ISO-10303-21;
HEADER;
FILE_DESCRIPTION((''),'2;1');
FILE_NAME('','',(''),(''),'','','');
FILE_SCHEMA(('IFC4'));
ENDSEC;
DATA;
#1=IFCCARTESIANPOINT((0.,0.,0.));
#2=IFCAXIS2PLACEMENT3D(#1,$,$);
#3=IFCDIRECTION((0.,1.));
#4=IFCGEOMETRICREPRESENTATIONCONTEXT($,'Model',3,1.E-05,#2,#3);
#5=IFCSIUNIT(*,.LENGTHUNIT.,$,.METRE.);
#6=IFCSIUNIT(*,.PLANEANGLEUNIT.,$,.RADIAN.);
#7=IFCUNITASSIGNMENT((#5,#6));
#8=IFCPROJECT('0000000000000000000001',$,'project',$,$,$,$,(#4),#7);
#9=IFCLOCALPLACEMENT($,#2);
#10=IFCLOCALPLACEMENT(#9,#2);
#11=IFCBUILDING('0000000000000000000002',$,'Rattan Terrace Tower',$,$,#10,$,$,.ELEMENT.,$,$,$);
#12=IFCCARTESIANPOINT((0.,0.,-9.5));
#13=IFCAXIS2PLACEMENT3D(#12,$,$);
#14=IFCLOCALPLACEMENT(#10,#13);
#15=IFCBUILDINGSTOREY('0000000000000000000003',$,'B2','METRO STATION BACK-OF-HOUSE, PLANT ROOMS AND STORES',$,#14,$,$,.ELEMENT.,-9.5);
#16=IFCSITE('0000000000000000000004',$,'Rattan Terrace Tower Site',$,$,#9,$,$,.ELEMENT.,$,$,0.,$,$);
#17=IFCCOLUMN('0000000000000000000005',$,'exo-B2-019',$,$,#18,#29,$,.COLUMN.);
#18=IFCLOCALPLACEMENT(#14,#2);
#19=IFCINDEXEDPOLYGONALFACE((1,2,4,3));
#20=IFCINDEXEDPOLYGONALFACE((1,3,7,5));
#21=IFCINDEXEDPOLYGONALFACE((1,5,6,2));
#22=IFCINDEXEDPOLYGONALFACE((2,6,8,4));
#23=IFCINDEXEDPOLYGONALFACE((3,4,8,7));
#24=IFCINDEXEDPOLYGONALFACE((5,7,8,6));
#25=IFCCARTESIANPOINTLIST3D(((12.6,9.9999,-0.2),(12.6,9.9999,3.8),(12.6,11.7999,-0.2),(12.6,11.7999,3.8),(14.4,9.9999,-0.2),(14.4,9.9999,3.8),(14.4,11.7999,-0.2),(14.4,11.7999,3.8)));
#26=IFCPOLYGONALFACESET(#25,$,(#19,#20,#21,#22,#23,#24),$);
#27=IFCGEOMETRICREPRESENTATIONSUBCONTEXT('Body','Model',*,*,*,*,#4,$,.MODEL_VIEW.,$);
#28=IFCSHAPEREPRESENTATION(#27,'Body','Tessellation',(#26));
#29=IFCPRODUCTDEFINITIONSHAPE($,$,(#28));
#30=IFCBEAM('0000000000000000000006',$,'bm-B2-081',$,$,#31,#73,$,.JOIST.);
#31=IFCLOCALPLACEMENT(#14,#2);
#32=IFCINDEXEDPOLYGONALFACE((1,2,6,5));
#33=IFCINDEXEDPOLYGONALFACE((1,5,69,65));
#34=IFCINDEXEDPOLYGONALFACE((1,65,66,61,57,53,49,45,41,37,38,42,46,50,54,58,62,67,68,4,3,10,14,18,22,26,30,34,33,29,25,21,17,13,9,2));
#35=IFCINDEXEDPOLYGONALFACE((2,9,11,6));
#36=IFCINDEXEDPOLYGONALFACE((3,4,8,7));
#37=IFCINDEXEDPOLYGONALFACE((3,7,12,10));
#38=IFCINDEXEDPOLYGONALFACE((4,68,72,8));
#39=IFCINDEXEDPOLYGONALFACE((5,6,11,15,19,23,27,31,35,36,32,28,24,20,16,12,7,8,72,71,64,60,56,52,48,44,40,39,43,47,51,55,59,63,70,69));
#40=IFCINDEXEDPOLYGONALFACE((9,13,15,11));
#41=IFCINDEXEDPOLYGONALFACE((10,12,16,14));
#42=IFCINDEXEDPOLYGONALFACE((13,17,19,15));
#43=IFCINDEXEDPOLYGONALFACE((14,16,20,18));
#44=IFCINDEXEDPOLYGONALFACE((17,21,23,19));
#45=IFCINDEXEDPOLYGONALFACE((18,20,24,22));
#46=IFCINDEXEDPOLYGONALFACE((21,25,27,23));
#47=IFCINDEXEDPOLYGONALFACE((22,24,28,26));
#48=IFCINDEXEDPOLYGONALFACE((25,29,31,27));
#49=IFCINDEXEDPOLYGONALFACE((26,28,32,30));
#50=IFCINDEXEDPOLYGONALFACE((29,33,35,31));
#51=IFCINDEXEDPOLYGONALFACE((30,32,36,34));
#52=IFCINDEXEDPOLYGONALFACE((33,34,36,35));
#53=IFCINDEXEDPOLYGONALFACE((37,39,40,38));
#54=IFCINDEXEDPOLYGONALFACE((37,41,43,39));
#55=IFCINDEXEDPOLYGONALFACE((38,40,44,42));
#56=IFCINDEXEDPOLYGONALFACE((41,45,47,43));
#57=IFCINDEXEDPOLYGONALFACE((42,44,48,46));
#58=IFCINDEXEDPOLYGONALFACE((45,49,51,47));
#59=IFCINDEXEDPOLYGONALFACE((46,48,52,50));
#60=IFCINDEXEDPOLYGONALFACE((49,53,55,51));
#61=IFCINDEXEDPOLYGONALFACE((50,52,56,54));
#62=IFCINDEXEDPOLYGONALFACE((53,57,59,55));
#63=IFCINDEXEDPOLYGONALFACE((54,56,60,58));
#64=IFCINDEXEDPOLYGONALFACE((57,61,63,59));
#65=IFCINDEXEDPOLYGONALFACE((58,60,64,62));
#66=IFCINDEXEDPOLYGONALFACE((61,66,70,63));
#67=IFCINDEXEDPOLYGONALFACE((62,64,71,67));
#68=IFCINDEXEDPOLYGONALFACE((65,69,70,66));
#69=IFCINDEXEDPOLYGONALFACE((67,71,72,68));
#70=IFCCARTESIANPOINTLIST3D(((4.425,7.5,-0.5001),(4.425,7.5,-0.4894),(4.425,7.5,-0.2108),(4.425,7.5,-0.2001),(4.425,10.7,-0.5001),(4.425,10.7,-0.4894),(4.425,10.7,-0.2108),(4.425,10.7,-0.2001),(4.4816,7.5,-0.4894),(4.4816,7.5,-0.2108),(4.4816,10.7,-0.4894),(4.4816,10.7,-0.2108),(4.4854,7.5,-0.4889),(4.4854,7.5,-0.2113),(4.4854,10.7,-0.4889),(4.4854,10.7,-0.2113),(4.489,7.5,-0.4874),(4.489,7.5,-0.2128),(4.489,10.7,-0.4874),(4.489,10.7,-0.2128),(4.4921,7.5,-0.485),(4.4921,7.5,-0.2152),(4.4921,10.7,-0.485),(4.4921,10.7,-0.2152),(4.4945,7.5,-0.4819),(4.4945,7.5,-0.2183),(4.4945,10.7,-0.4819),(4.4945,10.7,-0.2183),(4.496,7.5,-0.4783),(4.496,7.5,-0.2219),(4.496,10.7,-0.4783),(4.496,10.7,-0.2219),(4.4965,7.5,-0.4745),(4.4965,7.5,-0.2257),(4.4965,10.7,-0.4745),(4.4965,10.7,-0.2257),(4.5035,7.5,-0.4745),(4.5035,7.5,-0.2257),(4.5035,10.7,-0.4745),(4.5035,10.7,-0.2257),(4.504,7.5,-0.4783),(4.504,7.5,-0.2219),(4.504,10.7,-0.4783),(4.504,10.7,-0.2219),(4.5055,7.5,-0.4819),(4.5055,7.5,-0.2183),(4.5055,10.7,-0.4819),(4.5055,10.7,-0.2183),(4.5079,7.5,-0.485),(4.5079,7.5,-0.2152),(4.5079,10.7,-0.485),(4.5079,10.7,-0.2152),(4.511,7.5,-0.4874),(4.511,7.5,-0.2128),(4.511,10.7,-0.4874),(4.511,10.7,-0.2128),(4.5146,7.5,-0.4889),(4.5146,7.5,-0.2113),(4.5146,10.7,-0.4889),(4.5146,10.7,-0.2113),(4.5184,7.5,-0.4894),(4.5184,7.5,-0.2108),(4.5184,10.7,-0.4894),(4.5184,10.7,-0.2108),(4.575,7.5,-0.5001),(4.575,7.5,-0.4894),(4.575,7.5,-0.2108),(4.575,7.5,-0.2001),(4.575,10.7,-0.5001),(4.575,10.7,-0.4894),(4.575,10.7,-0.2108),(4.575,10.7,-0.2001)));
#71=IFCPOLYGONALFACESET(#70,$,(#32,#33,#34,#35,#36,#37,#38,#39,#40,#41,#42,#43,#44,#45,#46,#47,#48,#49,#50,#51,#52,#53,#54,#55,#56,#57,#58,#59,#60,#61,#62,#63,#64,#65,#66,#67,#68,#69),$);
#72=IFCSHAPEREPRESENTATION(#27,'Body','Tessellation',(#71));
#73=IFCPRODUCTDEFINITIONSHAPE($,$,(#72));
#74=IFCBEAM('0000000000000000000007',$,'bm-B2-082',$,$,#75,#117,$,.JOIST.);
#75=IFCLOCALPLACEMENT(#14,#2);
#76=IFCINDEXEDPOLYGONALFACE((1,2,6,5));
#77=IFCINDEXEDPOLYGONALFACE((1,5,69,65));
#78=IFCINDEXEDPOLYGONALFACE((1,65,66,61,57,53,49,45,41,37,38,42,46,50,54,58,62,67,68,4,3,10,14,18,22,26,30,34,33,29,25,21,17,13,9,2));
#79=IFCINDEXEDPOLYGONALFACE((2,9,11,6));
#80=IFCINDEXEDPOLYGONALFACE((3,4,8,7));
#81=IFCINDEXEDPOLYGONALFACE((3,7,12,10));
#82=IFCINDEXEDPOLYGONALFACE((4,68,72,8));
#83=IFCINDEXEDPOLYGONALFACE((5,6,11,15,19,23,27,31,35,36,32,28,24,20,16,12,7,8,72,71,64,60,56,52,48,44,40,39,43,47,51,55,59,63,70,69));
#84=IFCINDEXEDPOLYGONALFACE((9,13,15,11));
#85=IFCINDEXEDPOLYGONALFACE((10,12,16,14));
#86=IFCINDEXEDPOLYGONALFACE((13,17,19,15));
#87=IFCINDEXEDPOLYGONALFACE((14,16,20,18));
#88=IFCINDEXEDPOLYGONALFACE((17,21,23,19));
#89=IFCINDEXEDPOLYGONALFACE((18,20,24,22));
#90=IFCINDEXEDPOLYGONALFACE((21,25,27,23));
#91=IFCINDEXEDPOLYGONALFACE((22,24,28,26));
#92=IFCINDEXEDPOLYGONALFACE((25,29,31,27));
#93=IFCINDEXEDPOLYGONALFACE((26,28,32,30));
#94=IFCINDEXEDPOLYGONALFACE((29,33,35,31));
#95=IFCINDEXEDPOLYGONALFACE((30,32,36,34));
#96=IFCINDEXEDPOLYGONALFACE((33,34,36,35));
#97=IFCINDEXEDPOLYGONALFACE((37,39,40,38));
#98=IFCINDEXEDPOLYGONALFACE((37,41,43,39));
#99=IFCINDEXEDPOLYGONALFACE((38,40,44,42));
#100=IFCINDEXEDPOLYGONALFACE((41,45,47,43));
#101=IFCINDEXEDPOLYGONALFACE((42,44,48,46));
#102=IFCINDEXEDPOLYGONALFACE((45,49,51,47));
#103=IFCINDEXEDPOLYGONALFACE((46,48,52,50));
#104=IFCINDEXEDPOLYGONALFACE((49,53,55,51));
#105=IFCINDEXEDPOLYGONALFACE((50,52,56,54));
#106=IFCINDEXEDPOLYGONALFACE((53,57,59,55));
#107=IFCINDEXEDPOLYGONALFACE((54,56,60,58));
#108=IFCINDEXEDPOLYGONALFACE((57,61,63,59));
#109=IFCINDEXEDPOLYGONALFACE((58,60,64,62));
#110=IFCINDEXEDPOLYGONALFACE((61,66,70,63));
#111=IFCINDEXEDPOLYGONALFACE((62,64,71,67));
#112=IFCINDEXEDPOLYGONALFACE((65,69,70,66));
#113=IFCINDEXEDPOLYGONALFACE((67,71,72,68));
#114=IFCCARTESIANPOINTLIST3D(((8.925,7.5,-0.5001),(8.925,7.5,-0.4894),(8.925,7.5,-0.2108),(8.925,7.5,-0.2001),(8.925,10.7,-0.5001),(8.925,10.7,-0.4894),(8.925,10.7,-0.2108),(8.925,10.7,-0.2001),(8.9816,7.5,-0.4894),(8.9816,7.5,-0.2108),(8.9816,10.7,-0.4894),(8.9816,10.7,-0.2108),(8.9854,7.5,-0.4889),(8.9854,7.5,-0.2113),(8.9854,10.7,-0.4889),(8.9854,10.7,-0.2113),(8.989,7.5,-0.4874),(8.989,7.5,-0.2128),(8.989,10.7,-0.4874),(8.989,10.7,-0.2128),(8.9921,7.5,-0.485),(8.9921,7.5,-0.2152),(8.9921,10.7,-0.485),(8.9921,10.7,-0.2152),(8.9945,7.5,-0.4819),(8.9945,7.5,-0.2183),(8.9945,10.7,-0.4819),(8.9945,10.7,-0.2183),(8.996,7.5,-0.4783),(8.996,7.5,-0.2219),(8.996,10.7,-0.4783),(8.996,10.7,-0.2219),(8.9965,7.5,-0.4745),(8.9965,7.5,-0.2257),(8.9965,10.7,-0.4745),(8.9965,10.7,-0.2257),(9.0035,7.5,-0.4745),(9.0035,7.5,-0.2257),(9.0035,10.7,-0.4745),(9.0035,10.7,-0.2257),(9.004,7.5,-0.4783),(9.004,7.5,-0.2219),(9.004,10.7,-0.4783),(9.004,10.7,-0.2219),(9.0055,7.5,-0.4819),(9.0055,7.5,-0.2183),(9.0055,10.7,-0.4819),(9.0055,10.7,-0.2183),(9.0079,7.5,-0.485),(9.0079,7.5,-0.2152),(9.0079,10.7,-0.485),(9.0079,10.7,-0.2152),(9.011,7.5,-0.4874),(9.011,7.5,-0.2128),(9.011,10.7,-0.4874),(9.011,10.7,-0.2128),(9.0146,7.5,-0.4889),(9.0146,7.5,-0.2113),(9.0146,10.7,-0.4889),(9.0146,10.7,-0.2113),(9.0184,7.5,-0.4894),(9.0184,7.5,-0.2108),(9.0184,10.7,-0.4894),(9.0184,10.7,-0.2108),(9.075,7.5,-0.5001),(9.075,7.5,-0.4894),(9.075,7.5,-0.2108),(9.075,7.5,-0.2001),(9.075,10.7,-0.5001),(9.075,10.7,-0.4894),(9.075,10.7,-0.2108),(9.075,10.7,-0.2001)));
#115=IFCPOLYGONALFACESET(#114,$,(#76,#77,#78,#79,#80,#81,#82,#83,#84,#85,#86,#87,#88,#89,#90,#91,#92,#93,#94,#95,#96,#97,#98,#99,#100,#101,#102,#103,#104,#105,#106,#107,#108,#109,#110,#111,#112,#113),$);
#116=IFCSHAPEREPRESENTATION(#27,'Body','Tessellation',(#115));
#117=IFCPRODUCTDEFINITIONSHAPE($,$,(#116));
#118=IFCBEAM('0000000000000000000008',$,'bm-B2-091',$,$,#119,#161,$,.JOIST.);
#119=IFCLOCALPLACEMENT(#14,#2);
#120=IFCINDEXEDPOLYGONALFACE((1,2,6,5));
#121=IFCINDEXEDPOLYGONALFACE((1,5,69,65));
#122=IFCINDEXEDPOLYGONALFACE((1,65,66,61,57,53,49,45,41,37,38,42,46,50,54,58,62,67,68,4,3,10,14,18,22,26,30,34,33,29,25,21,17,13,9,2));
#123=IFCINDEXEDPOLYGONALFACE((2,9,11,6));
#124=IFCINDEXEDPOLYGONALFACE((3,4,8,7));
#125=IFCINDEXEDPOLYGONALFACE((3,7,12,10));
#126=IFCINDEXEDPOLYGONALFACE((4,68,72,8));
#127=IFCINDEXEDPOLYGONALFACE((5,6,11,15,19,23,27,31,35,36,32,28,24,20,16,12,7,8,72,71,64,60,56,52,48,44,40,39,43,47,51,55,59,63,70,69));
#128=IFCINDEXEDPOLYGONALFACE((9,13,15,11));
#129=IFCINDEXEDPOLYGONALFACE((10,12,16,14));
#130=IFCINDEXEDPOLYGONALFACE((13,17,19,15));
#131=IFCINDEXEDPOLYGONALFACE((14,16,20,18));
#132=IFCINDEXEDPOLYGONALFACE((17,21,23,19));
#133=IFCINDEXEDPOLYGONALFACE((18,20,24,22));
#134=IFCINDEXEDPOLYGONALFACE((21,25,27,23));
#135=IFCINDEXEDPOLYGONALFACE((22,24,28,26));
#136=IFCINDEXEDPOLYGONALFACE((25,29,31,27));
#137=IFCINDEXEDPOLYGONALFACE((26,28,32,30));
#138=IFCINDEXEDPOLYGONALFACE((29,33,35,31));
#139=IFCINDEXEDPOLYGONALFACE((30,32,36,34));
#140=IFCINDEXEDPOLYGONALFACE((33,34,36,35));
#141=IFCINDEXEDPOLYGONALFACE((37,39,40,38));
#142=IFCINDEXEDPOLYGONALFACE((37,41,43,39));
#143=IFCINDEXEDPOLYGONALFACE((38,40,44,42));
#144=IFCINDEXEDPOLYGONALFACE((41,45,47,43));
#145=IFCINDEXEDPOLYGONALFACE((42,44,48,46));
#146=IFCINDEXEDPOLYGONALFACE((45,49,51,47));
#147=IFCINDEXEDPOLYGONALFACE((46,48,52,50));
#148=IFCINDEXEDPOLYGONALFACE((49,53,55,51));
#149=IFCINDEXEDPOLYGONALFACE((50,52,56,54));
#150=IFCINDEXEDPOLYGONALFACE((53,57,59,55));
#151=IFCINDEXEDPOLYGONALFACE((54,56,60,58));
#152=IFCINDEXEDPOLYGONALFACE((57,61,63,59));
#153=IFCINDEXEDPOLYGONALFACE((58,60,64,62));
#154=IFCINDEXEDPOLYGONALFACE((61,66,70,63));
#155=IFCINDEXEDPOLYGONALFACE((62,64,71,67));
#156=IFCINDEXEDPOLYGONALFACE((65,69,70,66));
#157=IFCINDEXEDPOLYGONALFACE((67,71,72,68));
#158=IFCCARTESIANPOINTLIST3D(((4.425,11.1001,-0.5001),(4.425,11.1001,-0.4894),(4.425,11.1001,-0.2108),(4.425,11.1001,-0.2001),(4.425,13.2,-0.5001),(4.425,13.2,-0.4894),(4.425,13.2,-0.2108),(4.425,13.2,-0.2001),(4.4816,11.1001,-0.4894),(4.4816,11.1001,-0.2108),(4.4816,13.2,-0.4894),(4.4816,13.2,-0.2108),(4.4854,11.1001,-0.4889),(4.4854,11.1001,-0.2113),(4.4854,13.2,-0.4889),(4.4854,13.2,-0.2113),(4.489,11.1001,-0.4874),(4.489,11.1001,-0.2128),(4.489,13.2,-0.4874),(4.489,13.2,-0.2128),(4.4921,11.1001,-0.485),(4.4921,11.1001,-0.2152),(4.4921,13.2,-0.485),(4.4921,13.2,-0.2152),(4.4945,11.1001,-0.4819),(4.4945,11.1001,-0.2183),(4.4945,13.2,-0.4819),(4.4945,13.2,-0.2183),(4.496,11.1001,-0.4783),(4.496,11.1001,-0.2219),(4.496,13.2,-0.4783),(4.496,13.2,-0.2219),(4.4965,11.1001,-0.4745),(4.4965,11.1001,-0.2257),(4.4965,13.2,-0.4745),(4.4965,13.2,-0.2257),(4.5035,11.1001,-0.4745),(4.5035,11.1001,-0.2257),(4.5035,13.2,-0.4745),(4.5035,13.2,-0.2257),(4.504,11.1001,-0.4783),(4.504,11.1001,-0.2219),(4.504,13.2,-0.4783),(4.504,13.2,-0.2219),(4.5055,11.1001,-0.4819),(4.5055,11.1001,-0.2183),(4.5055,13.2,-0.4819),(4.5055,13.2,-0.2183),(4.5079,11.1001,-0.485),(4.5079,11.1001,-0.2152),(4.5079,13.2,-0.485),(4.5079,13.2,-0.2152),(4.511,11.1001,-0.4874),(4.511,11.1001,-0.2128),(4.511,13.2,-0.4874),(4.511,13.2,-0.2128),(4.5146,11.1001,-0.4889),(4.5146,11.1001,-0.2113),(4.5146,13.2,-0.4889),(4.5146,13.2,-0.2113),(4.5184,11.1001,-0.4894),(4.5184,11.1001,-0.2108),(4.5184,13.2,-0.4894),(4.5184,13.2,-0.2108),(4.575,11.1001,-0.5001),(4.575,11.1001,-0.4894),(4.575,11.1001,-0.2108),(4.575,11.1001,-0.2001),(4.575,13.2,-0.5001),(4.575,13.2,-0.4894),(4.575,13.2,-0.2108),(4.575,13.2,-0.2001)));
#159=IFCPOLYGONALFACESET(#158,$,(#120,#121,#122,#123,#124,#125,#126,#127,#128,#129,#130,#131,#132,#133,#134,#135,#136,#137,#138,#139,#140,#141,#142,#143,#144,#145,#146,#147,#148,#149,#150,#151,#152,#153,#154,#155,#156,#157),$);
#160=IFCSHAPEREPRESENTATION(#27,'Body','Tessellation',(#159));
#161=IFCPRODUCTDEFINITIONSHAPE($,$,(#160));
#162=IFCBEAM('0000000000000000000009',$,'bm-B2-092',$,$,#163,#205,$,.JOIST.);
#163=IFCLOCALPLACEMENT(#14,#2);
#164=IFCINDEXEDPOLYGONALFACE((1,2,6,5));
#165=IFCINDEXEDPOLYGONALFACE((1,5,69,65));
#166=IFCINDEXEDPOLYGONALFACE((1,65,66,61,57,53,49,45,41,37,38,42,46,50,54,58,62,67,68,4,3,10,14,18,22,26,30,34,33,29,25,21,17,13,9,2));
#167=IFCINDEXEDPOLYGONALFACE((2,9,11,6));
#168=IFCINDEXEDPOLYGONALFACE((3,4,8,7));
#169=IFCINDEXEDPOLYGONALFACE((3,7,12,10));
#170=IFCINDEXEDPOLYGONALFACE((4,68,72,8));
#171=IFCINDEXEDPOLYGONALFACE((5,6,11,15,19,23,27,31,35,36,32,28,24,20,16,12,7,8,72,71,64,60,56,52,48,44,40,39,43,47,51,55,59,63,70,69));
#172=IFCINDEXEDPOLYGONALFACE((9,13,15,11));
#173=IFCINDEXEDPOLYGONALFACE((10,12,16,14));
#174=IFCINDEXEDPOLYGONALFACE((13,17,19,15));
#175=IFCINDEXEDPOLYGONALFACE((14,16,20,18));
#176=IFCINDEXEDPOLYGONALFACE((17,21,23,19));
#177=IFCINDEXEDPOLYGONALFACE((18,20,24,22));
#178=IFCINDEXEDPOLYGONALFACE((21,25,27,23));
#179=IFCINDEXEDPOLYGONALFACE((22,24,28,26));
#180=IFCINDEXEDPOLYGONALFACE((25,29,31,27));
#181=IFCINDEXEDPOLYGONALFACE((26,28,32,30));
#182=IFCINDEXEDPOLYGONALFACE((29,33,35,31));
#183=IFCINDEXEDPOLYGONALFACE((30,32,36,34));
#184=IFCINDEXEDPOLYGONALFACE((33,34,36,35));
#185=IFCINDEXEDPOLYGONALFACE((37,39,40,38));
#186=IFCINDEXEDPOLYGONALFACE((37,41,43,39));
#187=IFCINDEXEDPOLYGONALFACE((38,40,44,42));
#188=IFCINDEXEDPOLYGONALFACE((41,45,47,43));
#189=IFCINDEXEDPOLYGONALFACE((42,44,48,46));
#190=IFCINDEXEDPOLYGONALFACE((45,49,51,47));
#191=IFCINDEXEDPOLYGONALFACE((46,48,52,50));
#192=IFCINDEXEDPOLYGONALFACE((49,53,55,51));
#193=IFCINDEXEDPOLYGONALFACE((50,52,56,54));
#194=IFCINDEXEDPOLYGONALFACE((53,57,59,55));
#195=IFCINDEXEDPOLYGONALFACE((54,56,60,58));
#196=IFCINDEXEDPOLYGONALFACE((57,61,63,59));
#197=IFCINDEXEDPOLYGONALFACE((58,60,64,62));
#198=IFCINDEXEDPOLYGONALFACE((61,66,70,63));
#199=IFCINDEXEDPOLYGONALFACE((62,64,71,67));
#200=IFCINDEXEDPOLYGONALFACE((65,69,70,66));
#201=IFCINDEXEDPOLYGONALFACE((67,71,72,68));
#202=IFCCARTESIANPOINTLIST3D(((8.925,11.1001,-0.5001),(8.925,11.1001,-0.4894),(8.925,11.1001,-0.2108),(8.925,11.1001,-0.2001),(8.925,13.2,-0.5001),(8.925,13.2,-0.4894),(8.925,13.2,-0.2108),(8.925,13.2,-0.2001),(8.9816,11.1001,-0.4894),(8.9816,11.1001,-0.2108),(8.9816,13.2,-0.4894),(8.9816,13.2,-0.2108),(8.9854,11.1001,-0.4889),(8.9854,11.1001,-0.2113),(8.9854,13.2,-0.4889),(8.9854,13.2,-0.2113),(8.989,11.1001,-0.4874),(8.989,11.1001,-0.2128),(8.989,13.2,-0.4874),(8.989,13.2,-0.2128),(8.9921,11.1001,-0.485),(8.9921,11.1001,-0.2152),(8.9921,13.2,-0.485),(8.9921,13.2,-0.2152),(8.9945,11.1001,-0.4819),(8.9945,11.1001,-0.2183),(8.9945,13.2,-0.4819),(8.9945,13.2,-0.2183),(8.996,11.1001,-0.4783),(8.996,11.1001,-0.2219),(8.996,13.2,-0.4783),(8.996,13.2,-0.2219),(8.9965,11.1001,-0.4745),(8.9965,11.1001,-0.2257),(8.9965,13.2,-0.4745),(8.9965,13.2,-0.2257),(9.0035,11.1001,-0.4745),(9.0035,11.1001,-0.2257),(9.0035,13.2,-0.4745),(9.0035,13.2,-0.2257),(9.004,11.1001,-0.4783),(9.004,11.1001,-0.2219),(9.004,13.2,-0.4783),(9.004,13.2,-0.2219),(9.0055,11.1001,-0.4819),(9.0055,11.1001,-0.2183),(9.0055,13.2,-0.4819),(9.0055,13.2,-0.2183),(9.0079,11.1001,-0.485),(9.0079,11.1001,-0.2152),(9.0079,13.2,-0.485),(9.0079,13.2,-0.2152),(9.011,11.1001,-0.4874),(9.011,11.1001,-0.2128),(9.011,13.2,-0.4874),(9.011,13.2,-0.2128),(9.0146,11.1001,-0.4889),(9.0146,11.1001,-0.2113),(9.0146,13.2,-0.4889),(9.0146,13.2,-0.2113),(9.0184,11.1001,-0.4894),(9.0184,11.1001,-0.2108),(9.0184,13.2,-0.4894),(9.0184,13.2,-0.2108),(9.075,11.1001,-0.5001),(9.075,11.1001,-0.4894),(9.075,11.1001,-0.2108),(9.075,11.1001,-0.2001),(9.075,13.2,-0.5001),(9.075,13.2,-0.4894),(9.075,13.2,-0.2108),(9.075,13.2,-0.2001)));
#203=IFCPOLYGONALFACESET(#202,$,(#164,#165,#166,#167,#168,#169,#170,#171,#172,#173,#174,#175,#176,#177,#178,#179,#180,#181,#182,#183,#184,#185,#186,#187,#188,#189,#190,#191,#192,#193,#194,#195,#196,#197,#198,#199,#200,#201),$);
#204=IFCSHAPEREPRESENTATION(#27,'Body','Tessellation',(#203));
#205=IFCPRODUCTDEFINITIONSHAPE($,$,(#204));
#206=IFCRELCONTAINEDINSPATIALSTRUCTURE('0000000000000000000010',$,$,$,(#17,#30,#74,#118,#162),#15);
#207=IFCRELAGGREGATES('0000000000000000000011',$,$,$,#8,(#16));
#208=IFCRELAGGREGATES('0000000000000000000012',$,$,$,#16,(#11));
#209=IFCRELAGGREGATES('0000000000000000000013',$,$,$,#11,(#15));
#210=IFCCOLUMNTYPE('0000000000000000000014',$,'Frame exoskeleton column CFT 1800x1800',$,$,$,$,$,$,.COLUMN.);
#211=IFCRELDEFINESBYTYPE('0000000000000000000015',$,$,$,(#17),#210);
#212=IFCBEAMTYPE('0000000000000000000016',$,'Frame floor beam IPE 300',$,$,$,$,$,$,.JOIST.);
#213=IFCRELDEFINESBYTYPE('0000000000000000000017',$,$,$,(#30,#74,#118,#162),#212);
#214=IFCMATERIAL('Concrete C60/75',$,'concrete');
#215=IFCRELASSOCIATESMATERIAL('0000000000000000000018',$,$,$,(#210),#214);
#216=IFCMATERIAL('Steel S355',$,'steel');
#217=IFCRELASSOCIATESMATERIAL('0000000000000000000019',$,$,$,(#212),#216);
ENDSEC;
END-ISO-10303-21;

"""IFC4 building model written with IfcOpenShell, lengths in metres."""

from ifc_helpers import new_model, si_unit, direction, frame, origin, origin_2d, place, context, subcontext, project, spatial, rectangle, i_section, extrude, material, material_profile, profile_set, type_object, element, save


model = new_model("IFC4")

# Units and contexts
model_context = context("Model", 3, precision=1e-05, world=origin(), true_north=direction((0.0, 1.0)))
body_context = subcontext(model_context, "Body", "Model", "MODEL_VIEW")
ifc_project = project(units=[si_unit("LENGTHUNIT", "METRE"), si_unit("PLANEANGLEUNIT", "RADIAN")], contexts=[model_context])

# Site, building, storey
site_placement = place(None, origin())
site = spatial("IfcSite", under=ifc_project, at=site_placement, Name="Rattan Terrace Tower Site", CompositionType="ELEMENT", RefElevation=0.0)
building_placement = place(site_placement, origin())
building = spatial("IfcBuilding", under=site, at=building_placement, Name="Rattan Terrace Tower", CompositionType="ELEMENT")
storey_placement = place(building_placement, frame((0.0, 0.0, -9.5)))
storey = spatial("IfcBuildingStorey", under=building, at=storey_placement, Name="B2", Description="METRO STATION BACK-OF-HOUSE, PLANT ROOMS AND STORES", CompositionType="ELEMENT", Elevation=-9.5)

# Column
ifc_material_1 = material(Name="Concrete C60/75", Category="concrete")
ifc_material_profile_1 = material_profile(ifc_material_1, rectangle(XDim=1.8, YDim=1.8, at=origin_2d()), Name="CFT 1800x1800")
ifc_profile_set_1 = profile_set([ifc_material_profile_1], Name="Concrete C60/75")
column_type = type_object("IfcColumnType", Name="Frame exoskeleton column CFT 1800x1800", PredefinedType="COLUMN", material=ifc_profile_set_1)
column_placement = place(storey_placement, frame((13.5, 10.8999, -0.2), z_axis=(0.0, 0.0, 1.0), x_axis=(1.0, 0.0, 0.0)))
element("IfcColumn", 1, at=column_placement, inside=storey, type_object=column_type, Name="exo-B2-019", PredefinedType="COLUMN", context=body_context, shape_type="SweptSolid", body=[
    extrude(rectangle(XDim=1.8, YDim=1.8, at=origin_2d()), origin(), (0.0, 0.0, 1.0), 4.0),
])

# Beams
ifc_material_2 = material(Name="Steel S355", Category="steel")
ifc_material_profile_2 = material_profile(ifc_material_2, i_section(OverallWidth=0.1499, OverallDepth=0.3, WebThickness=0.0071, FlangeThickness=0.0107, FilletRadius=0.0149, at=origin_2d()), Name="IPE 300")
ifc_profile_set_2 = profile_set([ifc_material_profile_2], Name="Steel S355")
beam_type_1 = type_object("IfcBeamType", Name="Frame floor beam IPE 300", PredefinedType="JOIST", material=ifc_profile_set_2)
for number, where, z_axis, x_axis, name in (
    (2, (4.5, 7.5, -0.3501), (0.0, 1.0, 0.0), (-1.0, 0.0, 0.0), "bm-B2-081"),
    (3, (9.0, 7.5, -0.3501), (0.0, 1.0, 0.0), (-1.0, 0.0, 0.0), "bm-B2-082"),
):
    element("IfcBeam", number, at=place(storey_placement, frame(where, z_axis=z_axis, x_axis=x_axis)), inside=storey, type_object=beam_type_1, Name=name, PredefinedType="JOIST", context=body_context, shape_type="SweptSolid", body=[
        extrude(i_section(OverallWidth=0.1499, OverallDepth=0.3, WebThickness=0.0071, FlangeThickness=0.0107, FilletRadius=0.0149, at=origin_2d()), origin(), (0.0, 0.0, 1.0), 3.2),
    ])
for number, where, z_axis, x_axis, name in (
    (4, (4.5, 11.1001, -0.3501), (0.0, 1.0, 0.0), (-1.0, 0.0, 0.0), "bm-B2-091"),
    (5, (9.0, 11.1001, -0.3501), (0.0, 1.0, 0.0), (-1.0, 0.0, 0.0), "bm-B2-092"),
):
    element("IfcBeam", number, at=place(storey_placement, frame(where, z_axis=z_axis, x_axis=x_axis)), inside=storey, type_object=beam_type_1, Name=name, PredefinedType="JOIST", context=body_context, shape_type="SweptSolid", body=[
        extrude(i_section(OverallWidth=0.1499, OverallDepth=0.3, WebThickness=0.0071, FlangeThickness=0.0107, FilletRadius=0.0149, at=origin_2d()), origin(), (0.0, 0.0, 1.0), 2.0999),
    ])

save(model, "model.ifc")
